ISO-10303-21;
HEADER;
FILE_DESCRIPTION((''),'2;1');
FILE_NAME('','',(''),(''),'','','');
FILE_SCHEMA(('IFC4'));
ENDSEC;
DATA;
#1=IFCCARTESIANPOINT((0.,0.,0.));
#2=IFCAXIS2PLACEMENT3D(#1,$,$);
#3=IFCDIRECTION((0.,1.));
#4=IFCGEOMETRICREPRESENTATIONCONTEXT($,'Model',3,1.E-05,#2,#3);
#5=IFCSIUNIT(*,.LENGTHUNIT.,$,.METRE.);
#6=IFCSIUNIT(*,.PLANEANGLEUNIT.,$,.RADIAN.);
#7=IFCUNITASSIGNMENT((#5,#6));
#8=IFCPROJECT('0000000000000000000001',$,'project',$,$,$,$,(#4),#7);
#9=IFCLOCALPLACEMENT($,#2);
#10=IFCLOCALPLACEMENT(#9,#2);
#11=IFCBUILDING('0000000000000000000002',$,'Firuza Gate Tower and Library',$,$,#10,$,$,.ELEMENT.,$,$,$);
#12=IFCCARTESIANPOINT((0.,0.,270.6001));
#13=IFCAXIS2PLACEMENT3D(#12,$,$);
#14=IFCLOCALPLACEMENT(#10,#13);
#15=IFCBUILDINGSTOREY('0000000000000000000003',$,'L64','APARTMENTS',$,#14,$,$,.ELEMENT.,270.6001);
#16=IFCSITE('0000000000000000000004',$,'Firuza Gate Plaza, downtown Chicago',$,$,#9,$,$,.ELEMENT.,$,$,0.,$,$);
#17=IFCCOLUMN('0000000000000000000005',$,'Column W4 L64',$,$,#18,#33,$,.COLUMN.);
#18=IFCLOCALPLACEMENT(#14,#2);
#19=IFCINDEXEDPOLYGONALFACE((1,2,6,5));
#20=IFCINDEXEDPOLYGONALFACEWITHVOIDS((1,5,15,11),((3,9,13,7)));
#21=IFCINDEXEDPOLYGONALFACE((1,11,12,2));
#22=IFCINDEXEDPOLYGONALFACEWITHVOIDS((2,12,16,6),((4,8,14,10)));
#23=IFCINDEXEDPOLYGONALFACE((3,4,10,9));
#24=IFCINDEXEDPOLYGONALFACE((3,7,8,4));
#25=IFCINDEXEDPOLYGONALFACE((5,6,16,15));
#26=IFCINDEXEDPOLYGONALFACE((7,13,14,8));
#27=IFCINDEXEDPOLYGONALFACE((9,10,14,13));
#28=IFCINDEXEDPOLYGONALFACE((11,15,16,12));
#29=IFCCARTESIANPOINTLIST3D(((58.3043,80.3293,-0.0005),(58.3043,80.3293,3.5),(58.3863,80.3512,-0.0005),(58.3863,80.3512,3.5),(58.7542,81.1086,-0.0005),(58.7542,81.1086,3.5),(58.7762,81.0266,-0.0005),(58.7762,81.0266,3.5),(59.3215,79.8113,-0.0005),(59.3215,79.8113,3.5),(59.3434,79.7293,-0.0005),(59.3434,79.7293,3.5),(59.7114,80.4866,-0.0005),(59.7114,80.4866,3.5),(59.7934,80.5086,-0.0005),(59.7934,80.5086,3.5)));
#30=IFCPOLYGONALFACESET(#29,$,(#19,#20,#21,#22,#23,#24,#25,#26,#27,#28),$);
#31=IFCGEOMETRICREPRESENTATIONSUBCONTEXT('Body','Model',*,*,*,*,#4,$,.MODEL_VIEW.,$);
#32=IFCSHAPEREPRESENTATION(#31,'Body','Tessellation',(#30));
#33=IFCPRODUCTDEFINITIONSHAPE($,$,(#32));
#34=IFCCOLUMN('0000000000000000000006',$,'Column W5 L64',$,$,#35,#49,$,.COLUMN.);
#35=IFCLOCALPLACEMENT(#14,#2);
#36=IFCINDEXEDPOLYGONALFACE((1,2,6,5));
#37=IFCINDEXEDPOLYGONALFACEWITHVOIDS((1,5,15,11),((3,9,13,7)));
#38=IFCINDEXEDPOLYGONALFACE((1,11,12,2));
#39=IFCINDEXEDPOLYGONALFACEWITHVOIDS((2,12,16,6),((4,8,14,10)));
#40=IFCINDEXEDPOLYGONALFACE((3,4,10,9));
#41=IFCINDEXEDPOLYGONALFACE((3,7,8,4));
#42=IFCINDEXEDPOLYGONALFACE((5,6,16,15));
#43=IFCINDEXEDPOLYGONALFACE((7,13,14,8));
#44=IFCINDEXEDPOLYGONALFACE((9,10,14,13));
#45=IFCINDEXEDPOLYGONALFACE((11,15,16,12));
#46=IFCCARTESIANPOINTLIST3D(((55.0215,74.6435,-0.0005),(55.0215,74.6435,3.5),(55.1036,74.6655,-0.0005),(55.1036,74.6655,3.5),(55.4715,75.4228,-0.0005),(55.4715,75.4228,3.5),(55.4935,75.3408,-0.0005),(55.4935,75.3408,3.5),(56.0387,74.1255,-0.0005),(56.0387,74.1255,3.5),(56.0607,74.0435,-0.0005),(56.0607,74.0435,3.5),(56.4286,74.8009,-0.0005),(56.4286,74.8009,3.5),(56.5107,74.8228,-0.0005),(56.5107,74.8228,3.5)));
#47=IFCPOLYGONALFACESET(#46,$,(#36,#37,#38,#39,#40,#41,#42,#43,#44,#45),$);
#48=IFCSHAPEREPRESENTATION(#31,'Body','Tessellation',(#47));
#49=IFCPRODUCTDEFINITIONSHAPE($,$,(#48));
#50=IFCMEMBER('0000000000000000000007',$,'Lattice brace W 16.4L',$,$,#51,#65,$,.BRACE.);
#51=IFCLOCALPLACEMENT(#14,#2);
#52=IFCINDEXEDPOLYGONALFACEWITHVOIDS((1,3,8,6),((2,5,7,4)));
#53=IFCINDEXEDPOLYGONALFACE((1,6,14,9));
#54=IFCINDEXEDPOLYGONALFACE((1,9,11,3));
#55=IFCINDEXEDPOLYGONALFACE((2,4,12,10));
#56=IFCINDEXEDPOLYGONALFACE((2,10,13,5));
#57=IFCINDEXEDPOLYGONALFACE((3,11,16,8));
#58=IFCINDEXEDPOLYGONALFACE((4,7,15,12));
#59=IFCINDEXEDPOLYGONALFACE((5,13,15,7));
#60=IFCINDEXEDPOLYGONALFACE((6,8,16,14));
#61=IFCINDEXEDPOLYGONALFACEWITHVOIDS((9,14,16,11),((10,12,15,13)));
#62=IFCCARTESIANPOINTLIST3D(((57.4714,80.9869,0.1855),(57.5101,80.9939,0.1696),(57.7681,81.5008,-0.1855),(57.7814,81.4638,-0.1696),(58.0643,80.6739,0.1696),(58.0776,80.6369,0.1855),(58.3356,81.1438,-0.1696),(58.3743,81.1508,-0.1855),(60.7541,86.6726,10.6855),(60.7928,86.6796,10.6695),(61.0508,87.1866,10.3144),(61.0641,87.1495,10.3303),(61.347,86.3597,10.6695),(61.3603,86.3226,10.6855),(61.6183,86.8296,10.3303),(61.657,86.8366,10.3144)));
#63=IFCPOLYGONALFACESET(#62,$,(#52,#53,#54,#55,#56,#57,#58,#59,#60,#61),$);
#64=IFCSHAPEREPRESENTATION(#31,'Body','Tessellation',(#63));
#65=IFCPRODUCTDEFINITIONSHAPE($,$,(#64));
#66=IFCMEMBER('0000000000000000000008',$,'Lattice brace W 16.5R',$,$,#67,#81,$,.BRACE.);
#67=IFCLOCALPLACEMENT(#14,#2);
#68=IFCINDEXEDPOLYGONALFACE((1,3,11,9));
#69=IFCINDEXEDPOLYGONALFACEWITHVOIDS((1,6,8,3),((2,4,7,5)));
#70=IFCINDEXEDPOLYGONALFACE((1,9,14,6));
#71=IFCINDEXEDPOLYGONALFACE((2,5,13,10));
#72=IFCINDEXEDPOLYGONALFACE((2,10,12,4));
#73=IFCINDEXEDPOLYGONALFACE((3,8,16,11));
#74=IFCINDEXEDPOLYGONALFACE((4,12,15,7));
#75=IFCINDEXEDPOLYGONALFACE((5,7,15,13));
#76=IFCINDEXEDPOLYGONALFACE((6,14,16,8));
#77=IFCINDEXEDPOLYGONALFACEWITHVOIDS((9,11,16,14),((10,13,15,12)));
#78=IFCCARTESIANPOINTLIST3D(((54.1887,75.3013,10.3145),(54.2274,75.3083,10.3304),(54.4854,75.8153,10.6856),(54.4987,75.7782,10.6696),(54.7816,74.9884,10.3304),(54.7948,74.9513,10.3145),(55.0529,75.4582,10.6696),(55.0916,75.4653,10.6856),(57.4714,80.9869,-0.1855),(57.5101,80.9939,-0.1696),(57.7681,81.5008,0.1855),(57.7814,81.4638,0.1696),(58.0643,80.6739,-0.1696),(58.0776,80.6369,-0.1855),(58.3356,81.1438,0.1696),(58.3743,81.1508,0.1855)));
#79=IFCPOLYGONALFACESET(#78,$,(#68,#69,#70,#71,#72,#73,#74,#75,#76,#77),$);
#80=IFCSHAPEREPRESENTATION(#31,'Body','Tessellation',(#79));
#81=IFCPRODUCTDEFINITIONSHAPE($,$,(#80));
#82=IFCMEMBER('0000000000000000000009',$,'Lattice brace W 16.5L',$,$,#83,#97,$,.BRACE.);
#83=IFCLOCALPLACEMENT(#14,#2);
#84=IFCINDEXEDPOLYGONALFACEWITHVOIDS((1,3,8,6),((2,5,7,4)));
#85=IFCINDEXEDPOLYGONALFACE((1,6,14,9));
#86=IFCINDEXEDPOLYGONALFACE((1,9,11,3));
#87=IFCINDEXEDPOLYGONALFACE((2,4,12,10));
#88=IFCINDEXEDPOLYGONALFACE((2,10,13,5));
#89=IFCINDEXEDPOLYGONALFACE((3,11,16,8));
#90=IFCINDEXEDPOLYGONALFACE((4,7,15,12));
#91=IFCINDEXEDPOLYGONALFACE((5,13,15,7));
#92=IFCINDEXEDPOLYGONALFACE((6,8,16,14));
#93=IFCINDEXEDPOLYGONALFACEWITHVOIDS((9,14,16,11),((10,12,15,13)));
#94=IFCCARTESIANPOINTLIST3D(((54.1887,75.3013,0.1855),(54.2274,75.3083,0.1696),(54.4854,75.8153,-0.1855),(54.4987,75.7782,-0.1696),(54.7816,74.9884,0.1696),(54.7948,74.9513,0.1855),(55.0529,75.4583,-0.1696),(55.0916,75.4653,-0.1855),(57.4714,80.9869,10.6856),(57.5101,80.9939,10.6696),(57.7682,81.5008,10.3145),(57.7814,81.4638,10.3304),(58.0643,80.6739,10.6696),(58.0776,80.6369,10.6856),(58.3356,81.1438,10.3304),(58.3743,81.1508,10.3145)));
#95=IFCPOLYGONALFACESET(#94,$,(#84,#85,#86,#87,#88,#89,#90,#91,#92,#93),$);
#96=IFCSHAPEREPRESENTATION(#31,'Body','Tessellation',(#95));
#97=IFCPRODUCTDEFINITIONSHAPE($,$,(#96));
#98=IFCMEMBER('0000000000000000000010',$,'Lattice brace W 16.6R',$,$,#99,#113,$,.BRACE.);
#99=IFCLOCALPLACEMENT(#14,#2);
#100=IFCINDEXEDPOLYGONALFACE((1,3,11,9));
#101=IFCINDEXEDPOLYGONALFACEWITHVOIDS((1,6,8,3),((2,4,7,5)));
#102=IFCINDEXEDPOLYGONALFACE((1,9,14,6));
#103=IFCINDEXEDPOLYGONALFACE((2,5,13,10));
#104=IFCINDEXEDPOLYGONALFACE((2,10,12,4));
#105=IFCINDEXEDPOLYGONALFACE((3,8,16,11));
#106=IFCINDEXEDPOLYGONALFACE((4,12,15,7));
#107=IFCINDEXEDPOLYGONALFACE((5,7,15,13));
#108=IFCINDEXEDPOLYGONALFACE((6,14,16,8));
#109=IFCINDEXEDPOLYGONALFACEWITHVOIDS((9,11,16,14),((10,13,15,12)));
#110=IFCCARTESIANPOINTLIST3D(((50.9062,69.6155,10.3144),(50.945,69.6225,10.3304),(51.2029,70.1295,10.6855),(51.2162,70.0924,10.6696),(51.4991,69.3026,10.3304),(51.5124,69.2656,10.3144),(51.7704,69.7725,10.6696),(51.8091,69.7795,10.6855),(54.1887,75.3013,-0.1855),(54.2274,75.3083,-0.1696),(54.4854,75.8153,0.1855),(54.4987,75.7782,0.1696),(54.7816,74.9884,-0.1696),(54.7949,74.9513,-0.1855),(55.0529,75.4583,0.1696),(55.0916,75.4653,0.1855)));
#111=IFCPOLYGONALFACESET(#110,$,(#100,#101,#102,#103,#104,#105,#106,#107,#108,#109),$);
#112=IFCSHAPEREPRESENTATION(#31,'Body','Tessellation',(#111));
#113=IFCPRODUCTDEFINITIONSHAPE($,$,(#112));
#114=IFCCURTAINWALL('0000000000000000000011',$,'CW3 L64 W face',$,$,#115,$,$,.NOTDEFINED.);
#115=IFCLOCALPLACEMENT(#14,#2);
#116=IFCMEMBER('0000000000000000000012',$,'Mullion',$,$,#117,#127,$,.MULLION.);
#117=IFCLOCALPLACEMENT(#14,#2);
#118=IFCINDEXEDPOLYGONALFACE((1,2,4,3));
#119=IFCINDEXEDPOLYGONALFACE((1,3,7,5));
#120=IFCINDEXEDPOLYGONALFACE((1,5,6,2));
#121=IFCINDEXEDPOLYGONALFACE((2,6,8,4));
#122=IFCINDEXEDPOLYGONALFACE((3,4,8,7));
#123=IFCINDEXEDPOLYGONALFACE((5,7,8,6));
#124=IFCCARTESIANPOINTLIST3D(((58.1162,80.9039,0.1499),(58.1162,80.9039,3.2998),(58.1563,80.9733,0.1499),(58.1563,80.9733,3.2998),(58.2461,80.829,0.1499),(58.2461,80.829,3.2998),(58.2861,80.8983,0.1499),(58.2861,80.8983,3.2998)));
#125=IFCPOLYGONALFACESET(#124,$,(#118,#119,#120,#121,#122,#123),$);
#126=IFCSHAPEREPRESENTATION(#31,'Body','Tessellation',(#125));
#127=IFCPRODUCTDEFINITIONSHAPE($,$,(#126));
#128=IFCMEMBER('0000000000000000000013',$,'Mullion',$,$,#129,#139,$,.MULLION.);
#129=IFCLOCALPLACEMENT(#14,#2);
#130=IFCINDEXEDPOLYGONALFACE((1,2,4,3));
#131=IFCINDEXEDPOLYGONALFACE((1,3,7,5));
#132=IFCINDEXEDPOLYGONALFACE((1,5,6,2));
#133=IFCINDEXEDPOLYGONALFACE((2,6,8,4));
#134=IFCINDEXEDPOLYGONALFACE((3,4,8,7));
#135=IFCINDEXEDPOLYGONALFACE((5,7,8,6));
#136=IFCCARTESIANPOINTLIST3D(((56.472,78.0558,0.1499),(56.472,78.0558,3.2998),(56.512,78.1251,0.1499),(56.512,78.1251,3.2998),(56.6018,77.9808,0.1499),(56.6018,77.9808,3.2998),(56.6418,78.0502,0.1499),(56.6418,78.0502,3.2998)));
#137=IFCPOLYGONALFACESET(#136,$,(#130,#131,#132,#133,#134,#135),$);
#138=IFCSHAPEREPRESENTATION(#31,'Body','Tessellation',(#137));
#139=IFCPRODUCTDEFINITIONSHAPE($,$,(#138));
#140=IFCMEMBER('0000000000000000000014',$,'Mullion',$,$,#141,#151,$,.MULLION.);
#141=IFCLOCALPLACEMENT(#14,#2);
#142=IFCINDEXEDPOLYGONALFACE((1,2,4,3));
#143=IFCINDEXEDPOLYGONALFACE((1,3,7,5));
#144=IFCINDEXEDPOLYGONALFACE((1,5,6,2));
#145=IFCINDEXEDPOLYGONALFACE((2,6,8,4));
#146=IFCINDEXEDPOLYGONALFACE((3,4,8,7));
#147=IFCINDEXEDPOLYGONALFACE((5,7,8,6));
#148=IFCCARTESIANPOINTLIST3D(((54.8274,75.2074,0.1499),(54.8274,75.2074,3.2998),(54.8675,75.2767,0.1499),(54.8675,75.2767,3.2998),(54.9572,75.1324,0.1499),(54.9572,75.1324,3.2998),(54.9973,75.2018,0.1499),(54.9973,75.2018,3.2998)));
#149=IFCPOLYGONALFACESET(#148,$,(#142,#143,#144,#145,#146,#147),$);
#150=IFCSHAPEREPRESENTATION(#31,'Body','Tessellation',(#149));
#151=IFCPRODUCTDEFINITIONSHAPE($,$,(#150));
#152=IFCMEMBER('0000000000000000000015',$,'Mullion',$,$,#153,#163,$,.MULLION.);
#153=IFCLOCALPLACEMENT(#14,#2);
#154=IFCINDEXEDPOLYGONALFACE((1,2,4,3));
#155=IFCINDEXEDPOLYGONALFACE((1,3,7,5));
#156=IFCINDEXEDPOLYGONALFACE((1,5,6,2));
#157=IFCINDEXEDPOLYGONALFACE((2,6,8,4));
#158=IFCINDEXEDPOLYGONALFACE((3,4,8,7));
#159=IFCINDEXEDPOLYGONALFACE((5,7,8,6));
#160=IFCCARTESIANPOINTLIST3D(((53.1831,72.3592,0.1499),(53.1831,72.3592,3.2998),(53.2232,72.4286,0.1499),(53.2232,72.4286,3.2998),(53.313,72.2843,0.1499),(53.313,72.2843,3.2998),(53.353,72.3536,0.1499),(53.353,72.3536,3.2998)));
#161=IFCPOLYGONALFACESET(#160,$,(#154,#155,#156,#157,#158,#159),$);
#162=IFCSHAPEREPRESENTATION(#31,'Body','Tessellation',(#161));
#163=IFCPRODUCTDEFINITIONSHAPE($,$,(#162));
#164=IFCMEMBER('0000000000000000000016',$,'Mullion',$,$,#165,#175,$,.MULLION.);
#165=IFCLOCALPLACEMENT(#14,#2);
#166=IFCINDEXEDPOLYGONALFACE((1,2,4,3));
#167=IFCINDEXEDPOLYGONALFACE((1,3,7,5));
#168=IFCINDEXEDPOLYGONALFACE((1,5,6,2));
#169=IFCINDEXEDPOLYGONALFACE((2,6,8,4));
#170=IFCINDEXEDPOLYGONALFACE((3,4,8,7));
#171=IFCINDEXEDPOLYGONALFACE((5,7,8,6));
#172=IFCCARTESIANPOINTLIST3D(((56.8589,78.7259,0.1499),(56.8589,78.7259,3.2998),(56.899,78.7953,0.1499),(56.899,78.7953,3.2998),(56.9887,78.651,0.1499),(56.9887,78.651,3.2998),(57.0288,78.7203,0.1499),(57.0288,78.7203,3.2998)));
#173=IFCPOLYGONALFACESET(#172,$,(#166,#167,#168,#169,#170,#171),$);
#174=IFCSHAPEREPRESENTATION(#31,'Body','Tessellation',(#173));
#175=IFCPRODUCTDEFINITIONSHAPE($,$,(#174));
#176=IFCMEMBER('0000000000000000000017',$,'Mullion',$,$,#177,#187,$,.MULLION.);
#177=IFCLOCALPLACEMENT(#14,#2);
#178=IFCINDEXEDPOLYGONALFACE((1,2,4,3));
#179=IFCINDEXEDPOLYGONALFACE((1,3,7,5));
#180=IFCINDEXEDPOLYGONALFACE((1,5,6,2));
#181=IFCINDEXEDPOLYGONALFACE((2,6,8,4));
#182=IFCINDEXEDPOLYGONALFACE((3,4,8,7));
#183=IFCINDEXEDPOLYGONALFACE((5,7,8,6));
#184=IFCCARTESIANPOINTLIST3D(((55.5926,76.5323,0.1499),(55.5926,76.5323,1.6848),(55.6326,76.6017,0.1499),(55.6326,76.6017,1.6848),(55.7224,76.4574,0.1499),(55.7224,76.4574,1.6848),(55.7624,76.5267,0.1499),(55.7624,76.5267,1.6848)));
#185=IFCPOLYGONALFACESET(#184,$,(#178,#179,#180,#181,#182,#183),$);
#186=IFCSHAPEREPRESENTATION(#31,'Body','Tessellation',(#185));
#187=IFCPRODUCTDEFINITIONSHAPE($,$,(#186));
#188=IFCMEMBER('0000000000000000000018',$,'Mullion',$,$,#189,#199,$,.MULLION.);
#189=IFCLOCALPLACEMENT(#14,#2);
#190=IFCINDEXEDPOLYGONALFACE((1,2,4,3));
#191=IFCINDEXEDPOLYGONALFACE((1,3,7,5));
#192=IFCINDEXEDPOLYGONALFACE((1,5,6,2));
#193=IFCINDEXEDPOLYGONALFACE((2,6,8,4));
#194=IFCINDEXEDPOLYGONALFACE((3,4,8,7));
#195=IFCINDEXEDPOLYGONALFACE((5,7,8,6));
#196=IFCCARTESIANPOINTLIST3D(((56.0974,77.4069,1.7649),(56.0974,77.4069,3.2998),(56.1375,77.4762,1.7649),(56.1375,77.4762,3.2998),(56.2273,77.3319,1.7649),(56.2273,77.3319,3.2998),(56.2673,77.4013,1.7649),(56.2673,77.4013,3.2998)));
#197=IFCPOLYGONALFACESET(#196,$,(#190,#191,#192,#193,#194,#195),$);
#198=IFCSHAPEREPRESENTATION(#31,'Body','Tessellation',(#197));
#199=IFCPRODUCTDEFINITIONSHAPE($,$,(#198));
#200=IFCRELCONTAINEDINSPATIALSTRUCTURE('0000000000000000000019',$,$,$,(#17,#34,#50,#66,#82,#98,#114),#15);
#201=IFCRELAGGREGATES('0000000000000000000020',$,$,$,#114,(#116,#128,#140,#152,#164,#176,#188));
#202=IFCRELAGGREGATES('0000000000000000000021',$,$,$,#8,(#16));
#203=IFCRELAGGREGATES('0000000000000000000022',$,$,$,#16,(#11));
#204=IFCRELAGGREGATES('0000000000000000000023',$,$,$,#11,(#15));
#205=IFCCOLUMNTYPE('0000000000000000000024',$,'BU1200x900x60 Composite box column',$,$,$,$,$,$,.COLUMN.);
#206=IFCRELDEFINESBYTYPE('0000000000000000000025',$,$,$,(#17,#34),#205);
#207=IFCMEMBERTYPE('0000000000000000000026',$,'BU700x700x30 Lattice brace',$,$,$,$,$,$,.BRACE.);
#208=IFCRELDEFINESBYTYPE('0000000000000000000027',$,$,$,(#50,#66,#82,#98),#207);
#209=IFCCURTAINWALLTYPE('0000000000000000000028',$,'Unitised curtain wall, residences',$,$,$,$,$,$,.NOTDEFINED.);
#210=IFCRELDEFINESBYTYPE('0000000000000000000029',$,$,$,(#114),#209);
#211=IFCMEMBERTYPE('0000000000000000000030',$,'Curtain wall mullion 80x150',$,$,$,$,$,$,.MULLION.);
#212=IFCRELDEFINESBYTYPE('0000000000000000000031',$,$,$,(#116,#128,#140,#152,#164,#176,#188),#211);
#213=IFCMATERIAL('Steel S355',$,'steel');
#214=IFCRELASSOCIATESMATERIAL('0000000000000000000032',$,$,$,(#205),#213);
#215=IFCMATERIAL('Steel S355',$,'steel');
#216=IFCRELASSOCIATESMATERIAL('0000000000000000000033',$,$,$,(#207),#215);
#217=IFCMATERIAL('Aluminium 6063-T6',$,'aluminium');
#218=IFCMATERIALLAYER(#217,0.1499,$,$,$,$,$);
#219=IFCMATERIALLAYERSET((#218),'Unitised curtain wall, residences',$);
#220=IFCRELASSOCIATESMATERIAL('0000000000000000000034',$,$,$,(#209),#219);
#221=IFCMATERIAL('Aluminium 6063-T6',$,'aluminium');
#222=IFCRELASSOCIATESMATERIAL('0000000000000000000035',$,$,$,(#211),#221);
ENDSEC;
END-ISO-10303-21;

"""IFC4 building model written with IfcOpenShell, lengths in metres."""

from ifc_helpers import new_model, si_unit, direction, frame, origin, origin_2d, place, context, subcontext, project, spatial, rectangle, hollow_rectangle, extrude, material, layer, layer_set, material_profile, profile_set, type_object, element, aggregate, save


model = new_model("IFC4")

# Units and contexts
model_context = context("Model", 3, precision=1e-05, world=origin(), true_north=direction((0.0, 1.0)))
body_context = subcontext(model_context, "Body", "Model", "MODEL_VIEW")
ifc_project = project(units=[si_unit("LENGTHUNIT", "METRE"), si_unit("PLANEANGLEUNIT", "RADIAN")], contexts=[model_context])

# Site, building, storey
site_placement = place(None, origin())
site = spatial("IfcSite", under=ifc_project, at=site_placement, Name="Firuza Gate Plaza, downtown Chicago", CompositionType="ELEMENT", RefElevation=0.0)
building_placement = place(site_placement, origin())
building = spatial("IfcBuilding", under=site, at=building_placement, Name="Firuza Gate Tower and Library", CompositionType="ELEMENT")
storey_placement = place(building_placement, frame((0.0, 0.0, 270.6001)))
storey = spatial("IfcBuildingStorey", under=building, at=storey_placement, Name="L64", Description="APARTMENTS", CompositionType="ELEMENT", Elevation=270.6001)

# Columns
ifc_material_1 = material(Name="Steel S355", Category="steel")
ifc_material_profile_1 = material_profile(ifc_material_1, hollow_rectangle(XDim=0.8999, YDim=1.2, WallThickness=0.0601, at=origin_2d()))
ifc_profile_set_1 = profile_set([ifc_material_profile_1], Name="Steel S355")
column_type = type_object("IfcColumnType", Name="BU1200x900x60 Composite box column", PredefinedType="COLUMN", material=ifc_profile_set_1)
for number, where, z_axis, x_axis, name in (
    (1, (59.0488, 80.4189, -0.0005), (0.0, 0.0, 1.0), (-0.5, -0.866025, 0.0), "Column W4 L64"),
    (2, (55.7661, 74.7332, -0.0005), (0.0, 0.0, 1.0), (-0.5, -0.866025, 0.0), "Column W5 L64"),
):
    element("IfcColumn", number, at=place(storey_placement, frame(where, z_axis=z_axis, x_axis=x_axis)), inside=storey, type_object=column_type, Name=name, PredefinedType="COLUMN", context=body_context, shape_type="SweptSolid", body=[
        extrude(hollow_rectangle(XDim=0.8999, YDim=1.2, WallThickness=0.0601, at=origin_2d()), origin(), (0.0, 0.0, 1.0), 3.5005),
    ])

# Members
ifc_material_2 = material(Name="Steel S355", Category="steel")
ifc_material_profile_2 = material_profile(ifc_material_2, hollow_rectangle(XDim=0.7, YDim=0.7, WallThickness=0.03, at=origin_2d()))
ifc_profile_set_2 = profile_set([ifc_material_profile_2], Name="Steel S355")
member_type_1 = type_object("IfcMemberType", Name="BU700x700x30 Lattice brace", PredefinedType="BRACE", material=ifc_profile_set_2)
for number, where, z_axis, x_axis, name in (
    (3, (57.9229, 81.0688, 0.0), (0.265085, 0.459137, 0.847893), (-0.866024, 0.500002, 0.0), "Lattice brace W 16.4L"),
    (4, (57.9229, 81.0688, 0.0), (-0.265087, -0.459122, 0.847901), (0.866015, -0.500019, 0.0), "Lattice brace W 16.5R"),
    (5, (54.6401, 75.3833, 0.0), (0.265087, 0.459122, 0.847901), (-0.866015, 0.500019, 0.0), "Lattice brace W 16.5L"),
    (6, (54.6401, 75.3833, 0.0), (-0.265067, -0.45914, 0.847898), (0.86604, -0.499975, 0.0), "Lattice brace W 16.6R"),
):
    element("IfcMember", number, at=place(storey_placement, frame(where, z_axis=z_axis, x_axis=x_axis)), inside=storey, type_object=member_type_1, Name=name, PredefinedType="BRACE", context=body_context, shape_type="SweptSolid", body=[
        extrude(hollow_rectangle(XDim=0.7, YDim=0.7, WallThickness=0.03, at=origin_2d()), origin(), (0.0, 0.0, 1.0), 12.3835),
    ])

# Curtain wall, members
ifc_material_3 = material(Name="Aluminium 6063-T6", Category="aluminium")
ifc_layer_1 = layer(ifc_material_3, 0.1499)
ifc_layer_set_1 = layer_set([ifc_layer_1], Name="Unitised curtain wall, residences")
curtain_wall_type = type_object("IfcCurtainWallType", Name="Unitised curtain wall, residences", PredefinedType="NOTDEFINED", material=ifc_layer_set_1)
curtain_wall_placement = place(storey_placement, origin())
curtain_wall = element("IfcCurtainWall", 7, at=curtain_wall_placement, inside=storey, type_object=curtain_wall_type, Name="CW3 L64 W face", PredefinedType="NOTDEFINED")
ifc_material_4 = material(Name="Aluminium 6063-T6", Category="aluminium")
ifc_material_profile_3 = material_profile(ifc_material_4, rectangle(XDim=0.1499, YDim=0.0801, at=origin_2d()))
ifc_profile_set_3 = profile_set([ifc_material_profile_3], Name="Aluminium 6063-T6")
member_type_2 = type_object("IfcMemberType", Name="Curtain wall mullion 80x150", PredefinedType="MULLION", material=ifc_profile_set_3)
member_1_placement = place(storey_placement, frame((58.2012, 80.9011, 0.1499), z_axis=(0.0, 0.0, 1.0), x_axis=(0.866025, -0.5, 0.0)))
member_1 = element("IfcMember", 8, at=member_1_placement, type_object=member_type_2, Name="Mullion", PredefinedType="MULLION", context=body_context, shape_type="SweptSolid", body=[
    extrude(rectangle(XDim=0.1499, YDim=0.0801, at=origin_2d()), origin(), (0.0, 0.0, 1.0), 3.1499),
])
member_2_placement = place(storey_placement, frame((56.5569, 78.053, 0.1499), z_axis=(0.0, 0.0, 1.0), x_axis=(0.866025, -0.5, 0.0)))
member_2 = element("IfcMember", 9, at=member_2_placement, type_object=member_type_2, Name="Mullion", PredefinedType="MULLION", context=body_context, shape_type="SweptSolid", body=[
    extrude(rectangle(XDim=0.1499, YDim=0.0801, at=origin_2d()), origin(), (0.0, 0.0, 1.0), 3.1499),
])
member_3_placement = place(storey_placement, frame((54.9124, 75.2046, 0.1499), z_axis=(0.0, 0.0, 1.0), x_axis=(0.866025, -0.5, 0.0)))
member_3 = element("IfcMember", 10, at=member_3_placement, type_object=member_type_2, Name="Mullion", PredefinedType="MULLION", context=body_context, shape_type="SweptSolid", body=[
    extrude(rectangle(XDim=0.1499, YDim=0.0801, at=origin_2d()), origin(), (0.0, 0.0, 1.0), 3.1499),
])
member_4_placement = place(storey_placement, frame((53.2681, 72.3564, 0.1499), z_axis=(0.0, 0.0, 1.0), x_axis=(0.866025, -0.5, 0.0)))
member_4 = element("IfcMember", 11, at=member_4_placement, type_object=member_type_2, Name="Mullion", PredefinedType="MULLION", context=body_context, shape_type="SweptSolid", body=[
    extrude(rectangle(XDim=0.1499, YDim=0.0801, at=origin_2d()), origin(), (0.0, 0.0, 1.0), 3.1499),
])
member_5_placement = place(storey_placement, frame((56.9438, 78.7231, 0.1499), z_axis=(0.0, 0.0, 1.0), x_axis=(0.866025, -0.5, 0.0)))
member_5 = element("IfcMember", 12, at=member_5_placement, type_object=member_type_2, Name="Mullion", PredefinedType="MULLION", context=body_context, shape_type="SweptSolid", body=[
    extrude(rectangle(XDim=0.1499, YDim=0.0801, at=origin_2d()), origin(), (0.0, 0.0, 1.0), 3.1499),
])
member_6_placement = place(storey_placement, frame((55.6775, 76.5295, 0.1499), z_axis=(0.0, 0.0, 1.0), x_axis=(0.866025, -0.5, 0.0)))
member_6 = element("IfcMember", 13, at=member_6_placement, type_object=member_type_2, Name="Mullion", PredefinedType="MULLION", context=body_context, shape_type="SweptSolid", body=[
    extrude(rectangle(XDim=0.1499, YDim=0.0801, at=origin_2d()), origin(), (0.0, 0.0, 1.0), 1.5349),
])
member_7_placement = place(storey_placement, frame((56.1824, 77.4041, 1.7649), z_axis=(0.0, 0.0, 1.0), x_axis=(0.866025, -0.5, 0.0)))
member_7 = element("IfcMember", 14, at=member_7_placement, type_object=member_type_2, Name="Mullion", PredefinedType="MULLION", context=body_context, shape_type="SweptSolid", body=[
    extrude(rectangle(XDim=0.1499, YDim=0.0801, at=origin_2d()), origin(), (0.0, 0.0, 1.0), 1.5349),
])

aggregate(curtain_wall, [member_1, member_2, member_3, member_4, member_5, member_6, member_7])

save(model, "model.ifc")
